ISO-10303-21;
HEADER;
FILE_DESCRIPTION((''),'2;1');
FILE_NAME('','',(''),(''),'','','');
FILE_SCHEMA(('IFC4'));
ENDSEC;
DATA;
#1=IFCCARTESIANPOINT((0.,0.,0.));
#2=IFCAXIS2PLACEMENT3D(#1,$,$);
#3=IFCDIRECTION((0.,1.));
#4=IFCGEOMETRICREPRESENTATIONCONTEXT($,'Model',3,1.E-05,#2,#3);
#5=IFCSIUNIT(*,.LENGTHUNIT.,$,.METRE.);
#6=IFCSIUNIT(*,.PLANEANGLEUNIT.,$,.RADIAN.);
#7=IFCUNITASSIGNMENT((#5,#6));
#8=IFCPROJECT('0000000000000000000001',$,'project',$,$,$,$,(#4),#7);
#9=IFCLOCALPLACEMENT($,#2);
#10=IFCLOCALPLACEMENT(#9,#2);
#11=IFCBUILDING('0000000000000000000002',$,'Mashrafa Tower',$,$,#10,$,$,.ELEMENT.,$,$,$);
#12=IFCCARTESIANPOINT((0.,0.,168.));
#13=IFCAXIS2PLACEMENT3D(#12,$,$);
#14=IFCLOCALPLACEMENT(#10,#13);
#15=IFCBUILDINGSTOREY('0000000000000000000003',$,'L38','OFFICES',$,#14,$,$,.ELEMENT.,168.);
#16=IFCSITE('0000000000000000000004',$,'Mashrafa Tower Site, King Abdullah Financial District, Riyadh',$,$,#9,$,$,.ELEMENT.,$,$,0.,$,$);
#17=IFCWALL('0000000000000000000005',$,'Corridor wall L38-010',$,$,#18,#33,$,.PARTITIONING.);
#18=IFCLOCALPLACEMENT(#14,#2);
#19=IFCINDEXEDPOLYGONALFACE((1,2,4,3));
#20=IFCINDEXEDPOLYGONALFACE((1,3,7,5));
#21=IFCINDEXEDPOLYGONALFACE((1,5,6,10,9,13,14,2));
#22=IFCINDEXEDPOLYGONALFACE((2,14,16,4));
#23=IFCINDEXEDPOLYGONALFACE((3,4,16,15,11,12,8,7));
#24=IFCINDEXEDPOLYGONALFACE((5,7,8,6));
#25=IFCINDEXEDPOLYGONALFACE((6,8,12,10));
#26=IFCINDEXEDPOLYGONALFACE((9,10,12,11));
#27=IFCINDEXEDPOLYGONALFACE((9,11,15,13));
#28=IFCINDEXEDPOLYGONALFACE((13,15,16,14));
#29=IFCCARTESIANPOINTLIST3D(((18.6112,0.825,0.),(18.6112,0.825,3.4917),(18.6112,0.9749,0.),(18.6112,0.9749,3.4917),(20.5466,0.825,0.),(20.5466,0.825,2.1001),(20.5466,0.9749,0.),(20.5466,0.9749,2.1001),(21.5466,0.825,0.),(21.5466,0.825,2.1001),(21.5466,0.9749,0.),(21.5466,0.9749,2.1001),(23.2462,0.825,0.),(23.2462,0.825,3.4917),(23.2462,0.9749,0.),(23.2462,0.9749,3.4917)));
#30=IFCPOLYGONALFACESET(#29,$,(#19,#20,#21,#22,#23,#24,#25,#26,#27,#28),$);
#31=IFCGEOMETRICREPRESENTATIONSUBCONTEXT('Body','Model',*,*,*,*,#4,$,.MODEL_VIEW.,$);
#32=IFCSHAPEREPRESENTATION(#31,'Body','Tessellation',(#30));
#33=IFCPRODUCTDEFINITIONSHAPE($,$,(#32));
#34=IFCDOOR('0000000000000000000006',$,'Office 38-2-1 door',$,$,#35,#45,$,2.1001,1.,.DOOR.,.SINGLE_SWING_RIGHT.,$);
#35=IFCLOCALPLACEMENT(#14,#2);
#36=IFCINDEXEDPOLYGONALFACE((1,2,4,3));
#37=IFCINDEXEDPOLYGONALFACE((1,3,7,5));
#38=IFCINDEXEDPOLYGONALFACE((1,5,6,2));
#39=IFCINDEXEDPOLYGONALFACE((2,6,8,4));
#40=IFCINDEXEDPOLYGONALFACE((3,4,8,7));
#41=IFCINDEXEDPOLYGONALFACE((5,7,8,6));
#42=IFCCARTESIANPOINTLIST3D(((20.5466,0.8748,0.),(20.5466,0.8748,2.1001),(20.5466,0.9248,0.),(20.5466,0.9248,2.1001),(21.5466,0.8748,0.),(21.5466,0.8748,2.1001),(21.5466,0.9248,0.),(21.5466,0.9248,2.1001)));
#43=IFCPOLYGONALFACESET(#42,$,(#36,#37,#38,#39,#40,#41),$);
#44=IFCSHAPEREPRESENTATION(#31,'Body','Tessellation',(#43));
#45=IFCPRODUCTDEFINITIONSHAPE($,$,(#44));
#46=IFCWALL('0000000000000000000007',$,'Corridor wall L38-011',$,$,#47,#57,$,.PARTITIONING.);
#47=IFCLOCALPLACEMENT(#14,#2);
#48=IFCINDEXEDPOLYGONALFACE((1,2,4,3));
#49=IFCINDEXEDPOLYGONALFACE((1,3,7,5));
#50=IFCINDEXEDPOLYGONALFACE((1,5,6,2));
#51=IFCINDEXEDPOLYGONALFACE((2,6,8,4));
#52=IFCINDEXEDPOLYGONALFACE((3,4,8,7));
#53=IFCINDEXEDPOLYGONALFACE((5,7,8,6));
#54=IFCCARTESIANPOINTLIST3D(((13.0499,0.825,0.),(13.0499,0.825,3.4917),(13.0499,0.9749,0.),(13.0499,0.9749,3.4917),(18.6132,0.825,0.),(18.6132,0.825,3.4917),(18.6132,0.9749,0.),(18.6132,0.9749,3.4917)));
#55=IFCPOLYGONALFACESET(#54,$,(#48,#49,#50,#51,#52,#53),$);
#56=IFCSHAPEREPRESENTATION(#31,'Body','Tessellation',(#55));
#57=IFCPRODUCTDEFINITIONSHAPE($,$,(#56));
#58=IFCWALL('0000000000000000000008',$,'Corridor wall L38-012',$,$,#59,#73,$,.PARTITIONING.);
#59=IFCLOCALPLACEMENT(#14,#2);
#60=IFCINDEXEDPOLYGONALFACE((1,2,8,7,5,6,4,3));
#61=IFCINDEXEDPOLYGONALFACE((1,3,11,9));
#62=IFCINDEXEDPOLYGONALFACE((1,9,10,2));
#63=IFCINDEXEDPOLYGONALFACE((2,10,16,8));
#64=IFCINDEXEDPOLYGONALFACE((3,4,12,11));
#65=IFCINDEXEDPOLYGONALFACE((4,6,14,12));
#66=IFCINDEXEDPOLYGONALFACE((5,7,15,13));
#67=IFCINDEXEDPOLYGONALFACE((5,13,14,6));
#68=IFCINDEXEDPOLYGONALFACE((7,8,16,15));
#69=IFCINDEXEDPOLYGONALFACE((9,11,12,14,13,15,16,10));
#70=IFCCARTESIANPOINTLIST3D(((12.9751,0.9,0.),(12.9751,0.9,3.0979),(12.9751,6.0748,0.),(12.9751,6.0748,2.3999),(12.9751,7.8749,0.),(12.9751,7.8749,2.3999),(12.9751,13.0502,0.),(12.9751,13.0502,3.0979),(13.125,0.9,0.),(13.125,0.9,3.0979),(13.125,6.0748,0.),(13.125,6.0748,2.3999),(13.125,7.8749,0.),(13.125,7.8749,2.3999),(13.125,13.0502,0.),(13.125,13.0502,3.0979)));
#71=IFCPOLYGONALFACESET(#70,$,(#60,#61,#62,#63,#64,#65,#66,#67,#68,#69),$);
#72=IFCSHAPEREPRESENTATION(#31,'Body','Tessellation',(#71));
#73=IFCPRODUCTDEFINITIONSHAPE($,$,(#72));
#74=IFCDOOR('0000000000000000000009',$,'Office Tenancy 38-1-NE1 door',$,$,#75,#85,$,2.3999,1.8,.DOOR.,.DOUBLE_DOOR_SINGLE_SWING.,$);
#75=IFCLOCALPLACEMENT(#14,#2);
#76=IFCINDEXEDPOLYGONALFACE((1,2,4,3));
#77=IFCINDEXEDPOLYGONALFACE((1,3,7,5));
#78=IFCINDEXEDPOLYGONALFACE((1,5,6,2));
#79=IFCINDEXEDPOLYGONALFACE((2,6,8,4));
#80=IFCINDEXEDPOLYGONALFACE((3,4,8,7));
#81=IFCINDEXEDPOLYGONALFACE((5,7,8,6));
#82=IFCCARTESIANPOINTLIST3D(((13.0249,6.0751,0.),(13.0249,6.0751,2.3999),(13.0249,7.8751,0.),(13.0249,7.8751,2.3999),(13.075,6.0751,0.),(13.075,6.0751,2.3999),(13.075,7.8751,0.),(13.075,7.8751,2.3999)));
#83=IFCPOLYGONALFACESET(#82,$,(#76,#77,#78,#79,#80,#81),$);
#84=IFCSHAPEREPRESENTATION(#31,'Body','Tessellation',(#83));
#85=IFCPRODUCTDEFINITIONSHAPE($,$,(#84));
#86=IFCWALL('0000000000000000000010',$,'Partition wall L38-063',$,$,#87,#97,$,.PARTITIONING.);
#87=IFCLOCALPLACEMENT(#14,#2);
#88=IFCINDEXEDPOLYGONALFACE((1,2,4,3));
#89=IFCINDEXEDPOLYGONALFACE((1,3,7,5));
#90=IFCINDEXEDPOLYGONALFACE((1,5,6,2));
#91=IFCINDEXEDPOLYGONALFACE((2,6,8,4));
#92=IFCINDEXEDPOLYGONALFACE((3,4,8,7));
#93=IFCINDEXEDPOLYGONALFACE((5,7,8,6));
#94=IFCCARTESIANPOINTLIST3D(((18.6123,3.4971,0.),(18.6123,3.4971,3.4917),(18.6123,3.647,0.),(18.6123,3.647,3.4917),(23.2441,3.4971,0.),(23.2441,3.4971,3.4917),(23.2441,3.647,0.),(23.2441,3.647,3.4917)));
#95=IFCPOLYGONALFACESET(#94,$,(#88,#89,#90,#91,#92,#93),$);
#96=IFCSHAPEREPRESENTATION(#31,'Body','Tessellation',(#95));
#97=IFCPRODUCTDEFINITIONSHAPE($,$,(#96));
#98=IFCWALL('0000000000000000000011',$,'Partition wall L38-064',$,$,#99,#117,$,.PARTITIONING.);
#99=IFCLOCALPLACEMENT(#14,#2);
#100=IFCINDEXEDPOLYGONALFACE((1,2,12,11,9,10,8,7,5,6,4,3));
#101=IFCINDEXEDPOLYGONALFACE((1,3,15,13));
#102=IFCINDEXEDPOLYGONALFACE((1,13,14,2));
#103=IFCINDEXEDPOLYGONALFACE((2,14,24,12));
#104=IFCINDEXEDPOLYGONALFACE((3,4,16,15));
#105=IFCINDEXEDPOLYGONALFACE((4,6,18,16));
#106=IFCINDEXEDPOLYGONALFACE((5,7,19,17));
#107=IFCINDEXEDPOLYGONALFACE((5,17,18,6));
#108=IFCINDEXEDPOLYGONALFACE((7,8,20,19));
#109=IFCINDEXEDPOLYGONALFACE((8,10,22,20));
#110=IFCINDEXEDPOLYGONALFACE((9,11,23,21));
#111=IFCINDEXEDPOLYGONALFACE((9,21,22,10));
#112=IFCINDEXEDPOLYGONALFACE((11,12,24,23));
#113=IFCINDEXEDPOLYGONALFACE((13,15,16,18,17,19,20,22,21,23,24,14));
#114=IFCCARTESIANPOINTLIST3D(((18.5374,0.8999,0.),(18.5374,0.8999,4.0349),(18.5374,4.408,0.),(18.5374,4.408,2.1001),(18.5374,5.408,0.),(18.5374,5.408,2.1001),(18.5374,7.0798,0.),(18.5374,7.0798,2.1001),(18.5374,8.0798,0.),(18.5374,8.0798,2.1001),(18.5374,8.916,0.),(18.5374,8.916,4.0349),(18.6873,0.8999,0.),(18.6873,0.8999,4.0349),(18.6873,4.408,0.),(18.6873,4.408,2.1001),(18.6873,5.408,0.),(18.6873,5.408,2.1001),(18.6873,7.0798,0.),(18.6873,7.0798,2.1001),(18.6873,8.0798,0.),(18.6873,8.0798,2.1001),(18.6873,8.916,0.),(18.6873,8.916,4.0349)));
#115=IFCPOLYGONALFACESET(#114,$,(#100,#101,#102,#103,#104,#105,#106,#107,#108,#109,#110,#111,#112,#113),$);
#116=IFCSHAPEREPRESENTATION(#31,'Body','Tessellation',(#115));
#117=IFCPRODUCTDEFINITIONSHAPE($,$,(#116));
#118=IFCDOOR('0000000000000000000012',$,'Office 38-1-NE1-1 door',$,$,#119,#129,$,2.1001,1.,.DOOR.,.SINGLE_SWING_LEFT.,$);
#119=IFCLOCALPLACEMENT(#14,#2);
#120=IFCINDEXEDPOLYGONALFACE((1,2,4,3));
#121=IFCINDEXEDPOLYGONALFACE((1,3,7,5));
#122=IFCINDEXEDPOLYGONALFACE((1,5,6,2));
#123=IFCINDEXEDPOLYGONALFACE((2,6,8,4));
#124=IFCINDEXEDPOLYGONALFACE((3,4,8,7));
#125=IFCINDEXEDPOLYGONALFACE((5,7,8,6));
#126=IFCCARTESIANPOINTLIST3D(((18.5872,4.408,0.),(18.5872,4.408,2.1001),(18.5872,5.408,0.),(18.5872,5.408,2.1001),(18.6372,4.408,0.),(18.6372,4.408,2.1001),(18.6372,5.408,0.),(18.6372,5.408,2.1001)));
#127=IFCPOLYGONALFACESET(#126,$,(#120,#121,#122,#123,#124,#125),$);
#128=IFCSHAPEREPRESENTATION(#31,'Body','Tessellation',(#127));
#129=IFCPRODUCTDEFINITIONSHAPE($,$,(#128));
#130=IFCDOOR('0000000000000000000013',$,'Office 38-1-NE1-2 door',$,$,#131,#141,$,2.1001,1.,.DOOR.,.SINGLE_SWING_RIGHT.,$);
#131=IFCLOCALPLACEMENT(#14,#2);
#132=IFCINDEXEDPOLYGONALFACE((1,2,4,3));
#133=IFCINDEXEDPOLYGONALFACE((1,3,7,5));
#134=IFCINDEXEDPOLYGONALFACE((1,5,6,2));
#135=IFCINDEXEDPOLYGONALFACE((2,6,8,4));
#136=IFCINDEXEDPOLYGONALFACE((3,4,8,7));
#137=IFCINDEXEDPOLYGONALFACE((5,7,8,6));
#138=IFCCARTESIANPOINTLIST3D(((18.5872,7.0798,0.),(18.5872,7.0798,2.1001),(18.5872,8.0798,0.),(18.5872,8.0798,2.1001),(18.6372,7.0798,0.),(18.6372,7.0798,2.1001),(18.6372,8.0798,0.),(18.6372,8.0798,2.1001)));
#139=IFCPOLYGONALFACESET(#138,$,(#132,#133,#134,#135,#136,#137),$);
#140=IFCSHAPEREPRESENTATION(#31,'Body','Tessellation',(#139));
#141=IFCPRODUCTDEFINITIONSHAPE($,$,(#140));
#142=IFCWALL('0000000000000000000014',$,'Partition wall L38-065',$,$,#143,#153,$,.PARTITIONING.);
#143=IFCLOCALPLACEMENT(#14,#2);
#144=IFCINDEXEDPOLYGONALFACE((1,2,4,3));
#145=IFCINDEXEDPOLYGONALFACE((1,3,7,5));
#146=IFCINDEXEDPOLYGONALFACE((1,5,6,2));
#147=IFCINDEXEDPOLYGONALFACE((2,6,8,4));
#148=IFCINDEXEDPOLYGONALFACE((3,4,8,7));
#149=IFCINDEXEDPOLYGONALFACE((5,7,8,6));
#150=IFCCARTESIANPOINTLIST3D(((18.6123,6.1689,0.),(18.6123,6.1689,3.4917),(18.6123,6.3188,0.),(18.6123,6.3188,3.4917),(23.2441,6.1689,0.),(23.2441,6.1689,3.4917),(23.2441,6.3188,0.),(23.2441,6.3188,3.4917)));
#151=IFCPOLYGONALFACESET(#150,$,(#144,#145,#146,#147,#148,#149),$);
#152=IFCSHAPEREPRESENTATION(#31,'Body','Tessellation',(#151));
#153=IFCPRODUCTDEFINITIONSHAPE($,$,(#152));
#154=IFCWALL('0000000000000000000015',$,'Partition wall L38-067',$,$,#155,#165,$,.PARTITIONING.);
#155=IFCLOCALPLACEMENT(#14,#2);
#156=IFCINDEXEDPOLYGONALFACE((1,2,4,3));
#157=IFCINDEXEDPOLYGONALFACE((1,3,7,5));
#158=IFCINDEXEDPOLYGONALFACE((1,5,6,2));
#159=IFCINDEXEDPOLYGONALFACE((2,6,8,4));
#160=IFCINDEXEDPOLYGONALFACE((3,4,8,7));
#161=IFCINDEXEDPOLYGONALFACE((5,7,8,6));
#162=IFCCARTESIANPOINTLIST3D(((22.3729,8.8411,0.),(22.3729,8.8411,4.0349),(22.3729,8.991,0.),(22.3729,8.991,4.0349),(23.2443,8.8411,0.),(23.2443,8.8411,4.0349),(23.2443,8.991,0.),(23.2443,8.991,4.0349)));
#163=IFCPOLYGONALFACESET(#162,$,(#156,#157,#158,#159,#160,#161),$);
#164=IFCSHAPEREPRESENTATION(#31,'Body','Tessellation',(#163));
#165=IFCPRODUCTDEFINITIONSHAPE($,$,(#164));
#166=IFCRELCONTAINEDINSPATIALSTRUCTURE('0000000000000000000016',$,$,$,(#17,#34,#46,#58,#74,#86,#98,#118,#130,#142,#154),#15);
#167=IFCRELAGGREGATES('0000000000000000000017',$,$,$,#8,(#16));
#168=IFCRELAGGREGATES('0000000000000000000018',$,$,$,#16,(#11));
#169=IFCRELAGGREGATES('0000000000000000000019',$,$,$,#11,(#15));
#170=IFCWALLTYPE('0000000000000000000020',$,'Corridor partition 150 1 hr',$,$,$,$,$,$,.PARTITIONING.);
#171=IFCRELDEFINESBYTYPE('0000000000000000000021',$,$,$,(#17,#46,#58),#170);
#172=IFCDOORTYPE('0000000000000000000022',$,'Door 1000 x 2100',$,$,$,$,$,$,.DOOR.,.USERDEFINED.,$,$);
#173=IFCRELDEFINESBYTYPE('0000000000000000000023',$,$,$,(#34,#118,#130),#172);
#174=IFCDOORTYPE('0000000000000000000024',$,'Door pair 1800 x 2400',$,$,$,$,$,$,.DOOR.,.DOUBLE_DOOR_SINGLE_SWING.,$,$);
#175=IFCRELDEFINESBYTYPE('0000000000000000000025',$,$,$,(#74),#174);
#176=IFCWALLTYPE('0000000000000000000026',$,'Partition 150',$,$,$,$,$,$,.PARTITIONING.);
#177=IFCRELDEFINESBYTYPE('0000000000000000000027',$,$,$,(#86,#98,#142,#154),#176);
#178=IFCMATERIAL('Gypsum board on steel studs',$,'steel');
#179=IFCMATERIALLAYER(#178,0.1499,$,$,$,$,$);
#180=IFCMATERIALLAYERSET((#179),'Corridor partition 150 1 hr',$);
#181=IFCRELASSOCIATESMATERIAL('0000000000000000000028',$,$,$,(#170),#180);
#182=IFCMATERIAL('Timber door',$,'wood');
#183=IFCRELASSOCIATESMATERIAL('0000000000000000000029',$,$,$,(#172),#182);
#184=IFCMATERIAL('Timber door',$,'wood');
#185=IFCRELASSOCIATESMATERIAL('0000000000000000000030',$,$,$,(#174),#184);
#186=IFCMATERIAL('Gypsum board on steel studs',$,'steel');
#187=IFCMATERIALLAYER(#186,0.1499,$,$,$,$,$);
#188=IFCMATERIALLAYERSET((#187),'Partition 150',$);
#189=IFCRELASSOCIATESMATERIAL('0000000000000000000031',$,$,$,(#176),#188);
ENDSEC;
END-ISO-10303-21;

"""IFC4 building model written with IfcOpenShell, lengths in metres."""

from ifc_helpers import new_model, si_unit, direction, frame, frame_2d, origin, place, context, subcontext, project, spatial, rectangle, extrude, material, layer, layer_set, type_object, element, fill, save


model = new_model("IFC4")

# Units and contexts
model_context = context("Model", 3, precision=1e-05, world=origin(), true_north=direction((0.0, 1.0)))
body_context = subcontext(model_context, "Body", "Model", "MODEL_VIEW")
ifc_project = project(units=[si_unit("LENGTHUNIT", "METRE"), si_unit("PLANEANGLEUNIT", "RADIAN")], contexts=[model_context])

# Site, building, storey
site_placement = place(None, origin())
site = spatial("IfcSite", under=ifc_project, at=site_placement, Name="Mashrafa Tower Site, King Abdullah Financial District, Riyadh", CompositionType="ELEMENT", RefElevation=0.0)
building_placement = place(site_placement, origin())
building = spatial("IfcBuilding", under=site, at=building_placement, Name="Mashrafa Tower", CompositionType="ELEMENT")
storey_placement = place(building_placement, frame((0.0, 0.0, 168.0)))
storey = spatial("IfcBuildingStorey", under=building, at=storey_placement, Name="L38", Description="OFFICES", CompositionType="ELEMENT", Elevation=168.0)

# Wall, opening, door
ifc_material_1 = material(Name="Gypsum board on steel studs", Category="steel")
ifc_layer_1 = layer(ifc_material_1, 0.1499)
ifc_layer_set_1 = layer_set([ifc_layer_1], Name="Corridor partition 150 1 hr")
wall_type_1 = type_object("IfcWallType", Name="Corridor partition 150 1 hr", PredefinedType="PARTITIONING", material=ifc_layer_set_1)
wall_1_placement = place(storey_placement, frame((23.2461, 0.8999, 0.0), z_axis=(0.0, 0.0, 1.0), x_axis=(-1.0, 0.0, 0.0)))
wall_1 = element("IfcWall", 1, at=wall_1_placement, inside=storey, type_object=wall_type_1, Name="Corridor wall L38-010", PredefinedType="PARTITIONING", context=body_context, shape_type="SweptSolid", body=[
    extrude(rectangle(XDim=4.635, YDim=0.1499, at=frame_2d((2.3174, 0.0))), origin(), (0.0, 0.0, 1.0), 3.4917),
])
opening_1_placement = place(wall_1_placement, frame((1.6995, 0.0, 0.0)))
opening_1 = element("IfcOpeningElement", 2, at=opening_1_placement, cuts=wall_1, PredefinedType="OPENING", context=body_context, shape_type="SweptSolid", body=[
    extrude(rectangle(XDim=1.0, YDim=2.1001, at=frame_2d((0.5, 1.05))), frame((0.0, 0.085, 0.0), z_axis=(0.0, -1.0, 0.0), x_axis=(1.0, 0.0, 0.0)), (0.0, 0.0, 1.0), 0.1699),
])
ifc_material_2 = material(Name="Timber door", Category="wood")
door_type_1 = type_object("IfcDoorType", Name="Door 1000 x 2100", OperationType="USERDEFINED", PredefinedType="DOOR", material=ifc_material_2)
door_1_placement = place(opening_1_placement, frame((1.0, 0.0, 0.0), z_axis=(0.0, 0.0, 1.0), x_axis=(-1.0, 0.0, 0.0)))
door_1 = element("IfcDoor", 3, at=door_1_placement, inside=storey, type_object=door_type_1, Name="Office 38-2-1 door", OperationType="SINGLE_SWING_RIGHT", OverallHeight=2.1001, OverallWidth=1.0, PredefinedType="DOOR", context=body_context, shape_type="SweptSolid", body=[
    extrude(rectangle(XDim=1.0, YDim=2.1001, at=frame_2d((0.5, 1.05))), frame((0.0, 0.0249, 0.0), z_axis=(0.0, -1.0, 0.0), x_axis=(1.0, 0.0, 0.0)), (0.0, 0.0, 1.0), 0.05),
])
fill(opening_1, door_1)

# Wall
wall_2_placement = place(storey_placement, frame((18.6133, 0.8999, 0.0), z_axis=(0.0, 0.0, 1.0), x_axis=(-1.0, 0.0, 0.0)))
element("IfcWall", 4, at=wall_2_placement, inside=storey, type_object=wall_type_1, Name="Corridor wall L38-011", PredefinedType="PARTITIONING", context=body_context, shape_type="SweptSolid", body=[
    extrude(rectangle(XDim=5.5632, YDim=0.1499, at=frame_2d((2.7817, 0.0))), origin(), (0.0, 0.0, 1.0), 3.4917),
])

# Wall, opening, door
wall_3_placement = place(storey_placement, frame((13.05, 0.8999, 0.0), z_axis=(0.0, 0.0, 1.0), x_axis=(0.0, 1.0, 0.0)))
wall_3 = element("IfcWall", 5, at=wall_3_placement, inside=storey, type_object=wall_type_1, Name="Corridor wall L38-012", PredefinedType="PARTITIONING", context=body_context, shape_type="SweptSolid", body=[
    extrude(rectangle(XDim=12.1501, YDim=0.1499, at=frame_2d((6.0752, 0.0))), origin(), (0.0, 0.0, 1.0), 3.0979),
])
opening_2_placement = place(wall_3_placement, frame((5.175, 0.0, 0.0)))
opening_2 = element("IfcOpeningElement", 6, at=opening_2_placement, cuts=wall_3, PredefinedType="OPENING", context=body_context, shape_type="SweptSolid", body=[
    extrude(rectangle(XDim=1.8, YDim=2.3999, at=frame_2d((0.8999, 1.2))), frame((0.0, 0.085, 0.0), z_axis=(0.0, -1.0, 0.0), x_axis=(1.0, 0.0, 0.0)), (0.0, 0.0, 1.0), 0.1699),
])
ifc_material_3 = material(Name="Timber door", Category="wood")
door_type_2 = type_object("IfcDoorType", Name="Door pair 1800 x 2400", OperationType="DOUBLE_DOOR_SINGLE_SWING", PredefinedType="DOOR", material=ifc_material_3)
door_2_placement = place(opening_2_placement, frame((1.8, 0.0, 0.0), z_axis=(0.0, 0.0, 1.0), x_axis=(-1.0, 0.0, 0.0)))
door_2 = element("IfcDoor", 7, at=door_2_placement, inside=storey, type_object=door_type_2, Name="Office Tenancy 38-1-NE1 door", OperationType="DOUBLE_DOOR_SINGLE_SWING", OverallHeight=2.3999, OverallWidth=1.8, PredefinedType="DOOR", context=body_context, shape_type="SweptSolid", body=[
    extrude(rectangle(XDim=1.8, YDim=2.3999, at=frame_2d((0.8999, 1.2))), frame((0.0, 0.0249, 0.0), z_axis=(0.0, -1.0, 0.0), x_axis=(1.0, 0.0, 0.0)), (0.0, 0.0, 1.0), 0.05),
])
fill(opening_2, door_2)

# Wall
ifc_material_4 = material(Name="Gypsum board on steel studs", Category="steel")
ifc_layer_2 = layer(ifc_material_4, 0.1499)
ifc_layer_set_2 = layer_set([ifc_layer_2], Name="Partition 150")
wall_type_2 = type_object("IfcWallType", Name="Partition 150", PredefinedType="PARTITIONING", material=ifc_layer_set_2)
wall_4_placement = place(storey_placement, frame((23.2441, 3.572, 0.0), z_axis=(0.0, 0.0, 1.0), x_axis=(-1.0, 0.0, 0.0)))
element("IfcWall", 8, at=wall_4_placement, inside=storey, type_object=wall_type_2, Name="Partition wall L38-063", PredefinedType="PARTITIONING", context=body_context, shape_type="SweptSolid", body=[
    extrude(rectangle(XDim=4.6318, YDim=0.1499, at=frame_2d((2.3159, 0.0))), origin(), (0.0, 0.0, 1.0), 3.4917),
])

# Wall, openings, doors
wall_5_placement = place(storey_placement, frame((18.6123, 0.8999, 0.0), z_axis=(0.0, 0.0, 1.0), x_axis=(0.0, 1.0, 0.0)))
wall_5 = element("IfcWall", 9, at=wall_5_placement, inside=storey, type_object=wall_type_2, Name="Partition wall L38-064", PredefinedType="PARTITIONING", context=body_context, shape_type="SweptSolid", body=[
    extrude(rectangle(XDim=8.0161, YDim=0.1499, at=frame_2d((4.0081, 0.0))), origin(), (0.0, 0.0, 1.0), 4.0349),
])
opening_3_placement = place(wall_5_placement, frame((3.5081, 0.0, 0.0)))
opening_3 = element("IfcOpeningElement", 10, at=opening_3_placement, cuts=wall_5, PredefinedType="OPENING", context=body_context, shape_type="SweptSolid", body=[
    extrude(rectangle(XDim=1.0, YDim=2.1001, at=frame_2d((0.5, 1.05))), frame((0.0, 0.085, 0.0), z_axis=(0.0, -1.0, 0.0), x_axis=(1.0, 0.0, 0.0)), (0.0, 0.0, 1.0), 0.1699),
])
opening_4_placement = place(wall_5_placement, frame((6.1799, 0.0, 0.0)))
opening_4 = element("IfcOpeningElement", 11, at=opening_4_placement, cuts=wall_5, PredefinedType="OPENING", context=body_context, shape_type="SweptSolid", body=[
    extrude(rectangle(XDim=1.0, YDim=2.1001, at=frame_2d((0.5, 1.05))), frame((0.0, 0.085, 0.0), z_axis=(0.0, -1.0, 0.0), x_axis=(1.0, 0.0, 0.0)), (0.0, 0.0, 1.0), 0.1699),
])
door_3_placement = place(opening_3_placement, frame((1.0, 0.0, 0.0), z_axis=(0.0, 0.0, 1.0), x_axis=(-1.0, 0.0, 0.0)))
door_3 = element("IfcDoor", 12, at=door_3_placement, inside=storey, type_object=door_type_1, Name="Office 38-1-NE1-1 door", OperationType="SINGLE_SWING_LEFT", OverallHeight=2.1001, OverallWidth=1.0, PredefinedType="DOOR", context=body_context, shape_type="SweptSolid", body=[
    extrude(rectangle(XDim=1.0, YDim=2.1001, at=frame_2d((0.5, 1.05))), frame((0.0, 0.0249, 0.0), z_axis=(0.0, -1.0, 0.0), x_axis=(1.0, 0.0, 0.0)), (0.0, 0.0, 1.0), 0.05),
])
fill(opening_3, door_3)
door_4_placement = place(opening_4_placement, frame((1.0, 0.0, 0.0), z_axis=(0.0, 0.0, 1.0), x_axis=(-1.0, 0.0, 0.0)))
door_4 = element("IfcDoor", 13, at=door_4_placement, inside=storey, type_object=door_type_1, Name="Office 38-1-NE1-2 door", OperationType="SINGLE_SWING_RIGHT", OverallHeight=2.1001, OverallWidth=1.0, PredefinedType="DOOR", context=body_context, shape_type="SweptSolid", body=[
    extrude(rectangle(XDim=1.0, YDim=2.1001, at=frame_2d((0.5, 1.05))), frame((0.0, 0.0249, 0.0), z_axis=(0.0, -1.0, 0.0), x_axis=(1.0, 0.0, 0.0)), (0.0, 0.0, 1.0), 0.05),
])
fill(opening_4, door_4)

# Walls
wall_6_placement = place(storey_placement, frame((23.2441, 6.2439, 0.0), z_axis=(0.0, 0.0, 1.0), x_axis=(-1.0, 0.0, 0.0)))
element("IfcWall", 14, at=wall_6_placement, inside=storey, type_object=wall_type_2, Name="Partition wall L38-065", PredefinedType="PARTITIONING", context=body_context, shape_type="SweptSolid", body=[
    extrude(rectangle(XDim=4.6318, YDim=0.1499, at=frame_2d((2.3159, 0.0))), origin(), (0.0, 0.0, 1.0), 3.4917),
])
wall_7_placement = place(storey_placement, frame((23.2441, 8.916, 0.0), z_axis=(0.0, 0.0, 1.0), x_axis=(-1.0, 0.0, 0.0)))
element("IfcWall", 15, at=wall_7_placement, inside=storey, type_object=wall_type_2, Name="Partition wall L38-067", PredefinedType="PARTITIONING", context=body_context, shape_type="SweptSolid", body=[
    extrude(rectangle(XDim=0.8713, YDim=0.1499, at=frame_2d((0.4355, 0.0))), origin(), (0.0, 0.0, 1.0), 4.0349),
])

save(model, "model.ifc")
